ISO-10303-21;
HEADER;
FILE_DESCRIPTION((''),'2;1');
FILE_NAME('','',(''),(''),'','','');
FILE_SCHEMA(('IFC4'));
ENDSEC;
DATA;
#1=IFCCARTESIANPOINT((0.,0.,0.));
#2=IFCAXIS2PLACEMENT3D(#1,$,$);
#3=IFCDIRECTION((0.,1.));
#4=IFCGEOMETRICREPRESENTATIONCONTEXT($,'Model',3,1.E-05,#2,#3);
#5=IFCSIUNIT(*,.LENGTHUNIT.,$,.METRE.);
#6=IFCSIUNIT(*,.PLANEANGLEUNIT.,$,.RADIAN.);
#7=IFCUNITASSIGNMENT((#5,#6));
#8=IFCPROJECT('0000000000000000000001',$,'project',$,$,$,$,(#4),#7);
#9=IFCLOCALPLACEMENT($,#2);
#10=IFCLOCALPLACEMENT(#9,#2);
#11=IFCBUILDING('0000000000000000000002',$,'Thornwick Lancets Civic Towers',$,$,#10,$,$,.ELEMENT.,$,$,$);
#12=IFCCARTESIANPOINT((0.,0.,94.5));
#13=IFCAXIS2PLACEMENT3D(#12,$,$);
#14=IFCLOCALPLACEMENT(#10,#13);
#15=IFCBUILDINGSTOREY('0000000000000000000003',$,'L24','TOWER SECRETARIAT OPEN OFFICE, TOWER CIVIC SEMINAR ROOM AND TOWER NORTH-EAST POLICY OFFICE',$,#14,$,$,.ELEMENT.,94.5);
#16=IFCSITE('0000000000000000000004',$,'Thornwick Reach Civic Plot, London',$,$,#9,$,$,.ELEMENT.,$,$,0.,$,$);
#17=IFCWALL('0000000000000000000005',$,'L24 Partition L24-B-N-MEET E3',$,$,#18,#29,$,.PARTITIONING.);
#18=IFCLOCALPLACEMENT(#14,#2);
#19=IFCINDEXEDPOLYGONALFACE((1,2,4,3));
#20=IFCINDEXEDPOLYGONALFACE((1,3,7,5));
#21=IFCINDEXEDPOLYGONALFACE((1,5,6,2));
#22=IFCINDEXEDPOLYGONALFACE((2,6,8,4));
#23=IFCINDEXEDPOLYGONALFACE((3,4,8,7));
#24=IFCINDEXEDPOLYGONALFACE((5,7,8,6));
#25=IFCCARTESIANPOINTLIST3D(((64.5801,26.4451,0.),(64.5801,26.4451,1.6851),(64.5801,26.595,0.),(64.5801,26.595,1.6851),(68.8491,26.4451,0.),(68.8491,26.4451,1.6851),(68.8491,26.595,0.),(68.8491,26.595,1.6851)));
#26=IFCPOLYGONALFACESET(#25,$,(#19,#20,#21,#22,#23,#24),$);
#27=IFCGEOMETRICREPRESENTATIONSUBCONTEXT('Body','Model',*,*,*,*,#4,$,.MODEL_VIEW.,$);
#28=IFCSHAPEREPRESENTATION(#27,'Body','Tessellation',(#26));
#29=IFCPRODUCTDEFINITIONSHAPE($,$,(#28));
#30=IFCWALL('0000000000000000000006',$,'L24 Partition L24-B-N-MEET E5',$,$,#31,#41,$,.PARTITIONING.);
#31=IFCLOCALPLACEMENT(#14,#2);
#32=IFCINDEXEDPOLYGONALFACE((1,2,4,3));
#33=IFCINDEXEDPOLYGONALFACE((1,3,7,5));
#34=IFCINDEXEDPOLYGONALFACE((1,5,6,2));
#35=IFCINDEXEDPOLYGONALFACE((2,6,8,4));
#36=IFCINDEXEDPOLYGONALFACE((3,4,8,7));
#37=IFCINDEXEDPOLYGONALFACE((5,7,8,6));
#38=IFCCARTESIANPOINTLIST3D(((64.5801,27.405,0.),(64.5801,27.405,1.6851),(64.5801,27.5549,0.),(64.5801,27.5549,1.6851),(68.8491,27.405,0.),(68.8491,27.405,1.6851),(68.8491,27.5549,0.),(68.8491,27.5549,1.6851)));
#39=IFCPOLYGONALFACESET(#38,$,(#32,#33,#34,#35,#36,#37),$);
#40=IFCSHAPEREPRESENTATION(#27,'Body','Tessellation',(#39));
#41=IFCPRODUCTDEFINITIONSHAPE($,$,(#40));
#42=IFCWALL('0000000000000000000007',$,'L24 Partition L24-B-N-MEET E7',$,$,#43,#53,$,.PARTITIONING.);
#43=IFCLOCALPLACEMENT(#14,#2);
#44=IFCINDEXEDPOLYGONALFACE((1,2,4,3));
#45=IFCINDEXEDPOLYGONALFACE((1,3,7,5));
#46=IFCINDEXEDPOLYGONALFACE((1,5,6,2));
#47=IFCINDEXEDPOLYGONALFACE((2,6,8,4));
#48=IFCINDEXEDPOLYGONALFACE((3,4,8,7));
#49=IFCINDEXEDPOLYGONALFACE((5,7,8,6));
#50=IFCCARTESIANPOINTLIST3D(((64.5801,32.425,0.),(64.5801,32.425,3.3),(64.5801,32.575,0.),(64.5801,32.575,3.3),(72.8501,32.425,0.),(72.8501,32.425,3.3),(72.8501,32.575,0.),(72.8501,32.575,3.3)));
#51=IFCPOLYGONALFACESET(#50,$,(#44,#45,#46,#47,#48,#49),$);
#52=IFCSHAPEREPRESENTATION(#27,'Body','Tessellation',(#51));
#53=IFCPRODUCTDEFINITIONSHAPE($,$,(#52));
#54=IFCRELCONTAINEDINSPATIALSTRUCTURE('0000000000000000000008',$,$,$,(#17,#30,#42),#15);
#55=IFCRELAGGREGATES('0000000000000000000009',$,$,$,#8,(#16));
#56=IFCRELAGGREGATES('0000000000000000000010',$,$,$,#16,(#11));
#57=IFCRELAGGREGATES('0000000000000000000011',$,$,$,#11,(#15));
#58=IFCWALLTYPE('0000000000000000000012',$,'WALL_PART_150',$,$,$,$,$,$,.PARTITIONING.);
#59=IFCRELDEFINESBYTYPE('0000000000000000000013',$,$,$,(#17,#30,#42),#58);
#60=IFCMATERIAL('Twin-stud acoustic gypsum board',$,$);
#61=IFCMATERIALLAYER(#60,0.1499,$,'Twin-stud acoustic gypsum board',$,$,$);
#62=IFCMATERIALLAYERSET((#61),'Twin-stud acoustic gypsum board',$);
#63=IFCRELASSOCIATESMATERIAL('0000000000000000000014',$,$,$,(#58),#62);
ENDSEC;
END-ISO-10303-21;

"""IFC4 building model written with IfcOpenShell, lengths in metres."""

from ifc_helpers import new_model, si_unit, direction, frame, frame_2d, origin, place, context, subcontext, project, spatial, rectangle, extrude, material, layer, layer_set, type_object, element, save


model = new_model("IFC4")

# Units and contexts
model_context = context("Model", 3, precision=1e-05, world=origin(), true_north=direction((0.0, 1.0)))
body_context = subcontext(model_context, "Body", "Model", "MODEL_VIEW")
ifc_project = project(units=[si_unit("LENGTHUNIT", "METRE"), si_unit("PLANEANGLEUNIT", "RADIAN")], contexts=[model_context])

# Site, building, storey
site_placement = place(None, origin())
site = spatial("IfcSite", under=ifc_project, at=site_placement, Name="Thornwick Reach Civic Plot, London", CompositionType="ELEMENT", RefElevation=0.0)
building_placement = place(site_placement, origin())
building = spatial("IfcBuilding", under=site, at=building_placement, Name="Thornwick Lancets Civic Towers", CompositionType="ELEMENT")
storey_placement = place(building_placement, frame((0.0, 0.0, 94.5)))
storey = spatial("IfcBuildingStorey", under=building, at=storey_placement, Name="L24", Description="TOWER SECRETARIAT OPEN OFFICE, TOWER CIVIC SEMINAR ROOM AND TOWER NORTH-EAST POLICY OFFICE", CompositionType="ELEMENT", Elevation=94.5)

# Walls
ifc_material_1 = material(Name="Twin-stud acoustic gypsum board")
ifc_layer_1 = layer(ifc_material_1, 0.1499, Name="Twin-stud acoustic gypsum board")
ifc_layer_set_1 = layer_set([ifc_layer_1], Name="Twin-stud acoustic gypsum board")
wall_type_1 = type_object("IfcWallType", Name="WALL_PART_150", PredefinedType="PARTITIONING", material=ifc_layer_set_1)
for number, where, z_axis, x_axis, name in (
    (1, (64.5801, 26.52, 0.0), (0.0, 0.0, 1.0), (1.0, 0.0, 0.0), "L24 Partition L24-B-N-MEET E3"),
    (2, (68.8491, 27.48, 0.0), (0.0, 0.0, 1.0), (-1.0, 0.0, 0.0), "L24 Partition L24-B-N-MEET E5"),
):
    element("IfcWall", number, at=place(storey_placement, frame(where, z_axis=z_axis, x_axis=x_axis)), inside=storey, type_object=wall_type_1, Name=name, PredefinedType="PARTITIONING", context=body_context, shape_type="SweptSolid", body=[
        extrude(rectangle(XDim=4.269, YDim=0.1499, at=frame_2d((2.1345, 0.0))), origin(), (0.0, 0.0, 1.0), 1.6851),
    ])
wall_1_placement = place(storey_placement, frame((64.5801, 32.5, 0.0), z_axis=(0.0, 0.0, 1.0), x_axis=(1.0, 0.0, 0.0)))
element("IfcWall", 3, at=wall_1_placement, inside=storey, type_object=wall_type_1, Name="L24 Partition L24-B-N-MEET E7", PredefinedType="PARTITIONING", context=body_context, shape_type="SweptSolid", body=[
    extrude(rectangle(XDim=8.27, YDim=0.1499, at=frame_2d((4.135, 0.0))), origin(), (0.0, 0.0, 1.0), 3.3),
])

save(model, "model.ifc")
